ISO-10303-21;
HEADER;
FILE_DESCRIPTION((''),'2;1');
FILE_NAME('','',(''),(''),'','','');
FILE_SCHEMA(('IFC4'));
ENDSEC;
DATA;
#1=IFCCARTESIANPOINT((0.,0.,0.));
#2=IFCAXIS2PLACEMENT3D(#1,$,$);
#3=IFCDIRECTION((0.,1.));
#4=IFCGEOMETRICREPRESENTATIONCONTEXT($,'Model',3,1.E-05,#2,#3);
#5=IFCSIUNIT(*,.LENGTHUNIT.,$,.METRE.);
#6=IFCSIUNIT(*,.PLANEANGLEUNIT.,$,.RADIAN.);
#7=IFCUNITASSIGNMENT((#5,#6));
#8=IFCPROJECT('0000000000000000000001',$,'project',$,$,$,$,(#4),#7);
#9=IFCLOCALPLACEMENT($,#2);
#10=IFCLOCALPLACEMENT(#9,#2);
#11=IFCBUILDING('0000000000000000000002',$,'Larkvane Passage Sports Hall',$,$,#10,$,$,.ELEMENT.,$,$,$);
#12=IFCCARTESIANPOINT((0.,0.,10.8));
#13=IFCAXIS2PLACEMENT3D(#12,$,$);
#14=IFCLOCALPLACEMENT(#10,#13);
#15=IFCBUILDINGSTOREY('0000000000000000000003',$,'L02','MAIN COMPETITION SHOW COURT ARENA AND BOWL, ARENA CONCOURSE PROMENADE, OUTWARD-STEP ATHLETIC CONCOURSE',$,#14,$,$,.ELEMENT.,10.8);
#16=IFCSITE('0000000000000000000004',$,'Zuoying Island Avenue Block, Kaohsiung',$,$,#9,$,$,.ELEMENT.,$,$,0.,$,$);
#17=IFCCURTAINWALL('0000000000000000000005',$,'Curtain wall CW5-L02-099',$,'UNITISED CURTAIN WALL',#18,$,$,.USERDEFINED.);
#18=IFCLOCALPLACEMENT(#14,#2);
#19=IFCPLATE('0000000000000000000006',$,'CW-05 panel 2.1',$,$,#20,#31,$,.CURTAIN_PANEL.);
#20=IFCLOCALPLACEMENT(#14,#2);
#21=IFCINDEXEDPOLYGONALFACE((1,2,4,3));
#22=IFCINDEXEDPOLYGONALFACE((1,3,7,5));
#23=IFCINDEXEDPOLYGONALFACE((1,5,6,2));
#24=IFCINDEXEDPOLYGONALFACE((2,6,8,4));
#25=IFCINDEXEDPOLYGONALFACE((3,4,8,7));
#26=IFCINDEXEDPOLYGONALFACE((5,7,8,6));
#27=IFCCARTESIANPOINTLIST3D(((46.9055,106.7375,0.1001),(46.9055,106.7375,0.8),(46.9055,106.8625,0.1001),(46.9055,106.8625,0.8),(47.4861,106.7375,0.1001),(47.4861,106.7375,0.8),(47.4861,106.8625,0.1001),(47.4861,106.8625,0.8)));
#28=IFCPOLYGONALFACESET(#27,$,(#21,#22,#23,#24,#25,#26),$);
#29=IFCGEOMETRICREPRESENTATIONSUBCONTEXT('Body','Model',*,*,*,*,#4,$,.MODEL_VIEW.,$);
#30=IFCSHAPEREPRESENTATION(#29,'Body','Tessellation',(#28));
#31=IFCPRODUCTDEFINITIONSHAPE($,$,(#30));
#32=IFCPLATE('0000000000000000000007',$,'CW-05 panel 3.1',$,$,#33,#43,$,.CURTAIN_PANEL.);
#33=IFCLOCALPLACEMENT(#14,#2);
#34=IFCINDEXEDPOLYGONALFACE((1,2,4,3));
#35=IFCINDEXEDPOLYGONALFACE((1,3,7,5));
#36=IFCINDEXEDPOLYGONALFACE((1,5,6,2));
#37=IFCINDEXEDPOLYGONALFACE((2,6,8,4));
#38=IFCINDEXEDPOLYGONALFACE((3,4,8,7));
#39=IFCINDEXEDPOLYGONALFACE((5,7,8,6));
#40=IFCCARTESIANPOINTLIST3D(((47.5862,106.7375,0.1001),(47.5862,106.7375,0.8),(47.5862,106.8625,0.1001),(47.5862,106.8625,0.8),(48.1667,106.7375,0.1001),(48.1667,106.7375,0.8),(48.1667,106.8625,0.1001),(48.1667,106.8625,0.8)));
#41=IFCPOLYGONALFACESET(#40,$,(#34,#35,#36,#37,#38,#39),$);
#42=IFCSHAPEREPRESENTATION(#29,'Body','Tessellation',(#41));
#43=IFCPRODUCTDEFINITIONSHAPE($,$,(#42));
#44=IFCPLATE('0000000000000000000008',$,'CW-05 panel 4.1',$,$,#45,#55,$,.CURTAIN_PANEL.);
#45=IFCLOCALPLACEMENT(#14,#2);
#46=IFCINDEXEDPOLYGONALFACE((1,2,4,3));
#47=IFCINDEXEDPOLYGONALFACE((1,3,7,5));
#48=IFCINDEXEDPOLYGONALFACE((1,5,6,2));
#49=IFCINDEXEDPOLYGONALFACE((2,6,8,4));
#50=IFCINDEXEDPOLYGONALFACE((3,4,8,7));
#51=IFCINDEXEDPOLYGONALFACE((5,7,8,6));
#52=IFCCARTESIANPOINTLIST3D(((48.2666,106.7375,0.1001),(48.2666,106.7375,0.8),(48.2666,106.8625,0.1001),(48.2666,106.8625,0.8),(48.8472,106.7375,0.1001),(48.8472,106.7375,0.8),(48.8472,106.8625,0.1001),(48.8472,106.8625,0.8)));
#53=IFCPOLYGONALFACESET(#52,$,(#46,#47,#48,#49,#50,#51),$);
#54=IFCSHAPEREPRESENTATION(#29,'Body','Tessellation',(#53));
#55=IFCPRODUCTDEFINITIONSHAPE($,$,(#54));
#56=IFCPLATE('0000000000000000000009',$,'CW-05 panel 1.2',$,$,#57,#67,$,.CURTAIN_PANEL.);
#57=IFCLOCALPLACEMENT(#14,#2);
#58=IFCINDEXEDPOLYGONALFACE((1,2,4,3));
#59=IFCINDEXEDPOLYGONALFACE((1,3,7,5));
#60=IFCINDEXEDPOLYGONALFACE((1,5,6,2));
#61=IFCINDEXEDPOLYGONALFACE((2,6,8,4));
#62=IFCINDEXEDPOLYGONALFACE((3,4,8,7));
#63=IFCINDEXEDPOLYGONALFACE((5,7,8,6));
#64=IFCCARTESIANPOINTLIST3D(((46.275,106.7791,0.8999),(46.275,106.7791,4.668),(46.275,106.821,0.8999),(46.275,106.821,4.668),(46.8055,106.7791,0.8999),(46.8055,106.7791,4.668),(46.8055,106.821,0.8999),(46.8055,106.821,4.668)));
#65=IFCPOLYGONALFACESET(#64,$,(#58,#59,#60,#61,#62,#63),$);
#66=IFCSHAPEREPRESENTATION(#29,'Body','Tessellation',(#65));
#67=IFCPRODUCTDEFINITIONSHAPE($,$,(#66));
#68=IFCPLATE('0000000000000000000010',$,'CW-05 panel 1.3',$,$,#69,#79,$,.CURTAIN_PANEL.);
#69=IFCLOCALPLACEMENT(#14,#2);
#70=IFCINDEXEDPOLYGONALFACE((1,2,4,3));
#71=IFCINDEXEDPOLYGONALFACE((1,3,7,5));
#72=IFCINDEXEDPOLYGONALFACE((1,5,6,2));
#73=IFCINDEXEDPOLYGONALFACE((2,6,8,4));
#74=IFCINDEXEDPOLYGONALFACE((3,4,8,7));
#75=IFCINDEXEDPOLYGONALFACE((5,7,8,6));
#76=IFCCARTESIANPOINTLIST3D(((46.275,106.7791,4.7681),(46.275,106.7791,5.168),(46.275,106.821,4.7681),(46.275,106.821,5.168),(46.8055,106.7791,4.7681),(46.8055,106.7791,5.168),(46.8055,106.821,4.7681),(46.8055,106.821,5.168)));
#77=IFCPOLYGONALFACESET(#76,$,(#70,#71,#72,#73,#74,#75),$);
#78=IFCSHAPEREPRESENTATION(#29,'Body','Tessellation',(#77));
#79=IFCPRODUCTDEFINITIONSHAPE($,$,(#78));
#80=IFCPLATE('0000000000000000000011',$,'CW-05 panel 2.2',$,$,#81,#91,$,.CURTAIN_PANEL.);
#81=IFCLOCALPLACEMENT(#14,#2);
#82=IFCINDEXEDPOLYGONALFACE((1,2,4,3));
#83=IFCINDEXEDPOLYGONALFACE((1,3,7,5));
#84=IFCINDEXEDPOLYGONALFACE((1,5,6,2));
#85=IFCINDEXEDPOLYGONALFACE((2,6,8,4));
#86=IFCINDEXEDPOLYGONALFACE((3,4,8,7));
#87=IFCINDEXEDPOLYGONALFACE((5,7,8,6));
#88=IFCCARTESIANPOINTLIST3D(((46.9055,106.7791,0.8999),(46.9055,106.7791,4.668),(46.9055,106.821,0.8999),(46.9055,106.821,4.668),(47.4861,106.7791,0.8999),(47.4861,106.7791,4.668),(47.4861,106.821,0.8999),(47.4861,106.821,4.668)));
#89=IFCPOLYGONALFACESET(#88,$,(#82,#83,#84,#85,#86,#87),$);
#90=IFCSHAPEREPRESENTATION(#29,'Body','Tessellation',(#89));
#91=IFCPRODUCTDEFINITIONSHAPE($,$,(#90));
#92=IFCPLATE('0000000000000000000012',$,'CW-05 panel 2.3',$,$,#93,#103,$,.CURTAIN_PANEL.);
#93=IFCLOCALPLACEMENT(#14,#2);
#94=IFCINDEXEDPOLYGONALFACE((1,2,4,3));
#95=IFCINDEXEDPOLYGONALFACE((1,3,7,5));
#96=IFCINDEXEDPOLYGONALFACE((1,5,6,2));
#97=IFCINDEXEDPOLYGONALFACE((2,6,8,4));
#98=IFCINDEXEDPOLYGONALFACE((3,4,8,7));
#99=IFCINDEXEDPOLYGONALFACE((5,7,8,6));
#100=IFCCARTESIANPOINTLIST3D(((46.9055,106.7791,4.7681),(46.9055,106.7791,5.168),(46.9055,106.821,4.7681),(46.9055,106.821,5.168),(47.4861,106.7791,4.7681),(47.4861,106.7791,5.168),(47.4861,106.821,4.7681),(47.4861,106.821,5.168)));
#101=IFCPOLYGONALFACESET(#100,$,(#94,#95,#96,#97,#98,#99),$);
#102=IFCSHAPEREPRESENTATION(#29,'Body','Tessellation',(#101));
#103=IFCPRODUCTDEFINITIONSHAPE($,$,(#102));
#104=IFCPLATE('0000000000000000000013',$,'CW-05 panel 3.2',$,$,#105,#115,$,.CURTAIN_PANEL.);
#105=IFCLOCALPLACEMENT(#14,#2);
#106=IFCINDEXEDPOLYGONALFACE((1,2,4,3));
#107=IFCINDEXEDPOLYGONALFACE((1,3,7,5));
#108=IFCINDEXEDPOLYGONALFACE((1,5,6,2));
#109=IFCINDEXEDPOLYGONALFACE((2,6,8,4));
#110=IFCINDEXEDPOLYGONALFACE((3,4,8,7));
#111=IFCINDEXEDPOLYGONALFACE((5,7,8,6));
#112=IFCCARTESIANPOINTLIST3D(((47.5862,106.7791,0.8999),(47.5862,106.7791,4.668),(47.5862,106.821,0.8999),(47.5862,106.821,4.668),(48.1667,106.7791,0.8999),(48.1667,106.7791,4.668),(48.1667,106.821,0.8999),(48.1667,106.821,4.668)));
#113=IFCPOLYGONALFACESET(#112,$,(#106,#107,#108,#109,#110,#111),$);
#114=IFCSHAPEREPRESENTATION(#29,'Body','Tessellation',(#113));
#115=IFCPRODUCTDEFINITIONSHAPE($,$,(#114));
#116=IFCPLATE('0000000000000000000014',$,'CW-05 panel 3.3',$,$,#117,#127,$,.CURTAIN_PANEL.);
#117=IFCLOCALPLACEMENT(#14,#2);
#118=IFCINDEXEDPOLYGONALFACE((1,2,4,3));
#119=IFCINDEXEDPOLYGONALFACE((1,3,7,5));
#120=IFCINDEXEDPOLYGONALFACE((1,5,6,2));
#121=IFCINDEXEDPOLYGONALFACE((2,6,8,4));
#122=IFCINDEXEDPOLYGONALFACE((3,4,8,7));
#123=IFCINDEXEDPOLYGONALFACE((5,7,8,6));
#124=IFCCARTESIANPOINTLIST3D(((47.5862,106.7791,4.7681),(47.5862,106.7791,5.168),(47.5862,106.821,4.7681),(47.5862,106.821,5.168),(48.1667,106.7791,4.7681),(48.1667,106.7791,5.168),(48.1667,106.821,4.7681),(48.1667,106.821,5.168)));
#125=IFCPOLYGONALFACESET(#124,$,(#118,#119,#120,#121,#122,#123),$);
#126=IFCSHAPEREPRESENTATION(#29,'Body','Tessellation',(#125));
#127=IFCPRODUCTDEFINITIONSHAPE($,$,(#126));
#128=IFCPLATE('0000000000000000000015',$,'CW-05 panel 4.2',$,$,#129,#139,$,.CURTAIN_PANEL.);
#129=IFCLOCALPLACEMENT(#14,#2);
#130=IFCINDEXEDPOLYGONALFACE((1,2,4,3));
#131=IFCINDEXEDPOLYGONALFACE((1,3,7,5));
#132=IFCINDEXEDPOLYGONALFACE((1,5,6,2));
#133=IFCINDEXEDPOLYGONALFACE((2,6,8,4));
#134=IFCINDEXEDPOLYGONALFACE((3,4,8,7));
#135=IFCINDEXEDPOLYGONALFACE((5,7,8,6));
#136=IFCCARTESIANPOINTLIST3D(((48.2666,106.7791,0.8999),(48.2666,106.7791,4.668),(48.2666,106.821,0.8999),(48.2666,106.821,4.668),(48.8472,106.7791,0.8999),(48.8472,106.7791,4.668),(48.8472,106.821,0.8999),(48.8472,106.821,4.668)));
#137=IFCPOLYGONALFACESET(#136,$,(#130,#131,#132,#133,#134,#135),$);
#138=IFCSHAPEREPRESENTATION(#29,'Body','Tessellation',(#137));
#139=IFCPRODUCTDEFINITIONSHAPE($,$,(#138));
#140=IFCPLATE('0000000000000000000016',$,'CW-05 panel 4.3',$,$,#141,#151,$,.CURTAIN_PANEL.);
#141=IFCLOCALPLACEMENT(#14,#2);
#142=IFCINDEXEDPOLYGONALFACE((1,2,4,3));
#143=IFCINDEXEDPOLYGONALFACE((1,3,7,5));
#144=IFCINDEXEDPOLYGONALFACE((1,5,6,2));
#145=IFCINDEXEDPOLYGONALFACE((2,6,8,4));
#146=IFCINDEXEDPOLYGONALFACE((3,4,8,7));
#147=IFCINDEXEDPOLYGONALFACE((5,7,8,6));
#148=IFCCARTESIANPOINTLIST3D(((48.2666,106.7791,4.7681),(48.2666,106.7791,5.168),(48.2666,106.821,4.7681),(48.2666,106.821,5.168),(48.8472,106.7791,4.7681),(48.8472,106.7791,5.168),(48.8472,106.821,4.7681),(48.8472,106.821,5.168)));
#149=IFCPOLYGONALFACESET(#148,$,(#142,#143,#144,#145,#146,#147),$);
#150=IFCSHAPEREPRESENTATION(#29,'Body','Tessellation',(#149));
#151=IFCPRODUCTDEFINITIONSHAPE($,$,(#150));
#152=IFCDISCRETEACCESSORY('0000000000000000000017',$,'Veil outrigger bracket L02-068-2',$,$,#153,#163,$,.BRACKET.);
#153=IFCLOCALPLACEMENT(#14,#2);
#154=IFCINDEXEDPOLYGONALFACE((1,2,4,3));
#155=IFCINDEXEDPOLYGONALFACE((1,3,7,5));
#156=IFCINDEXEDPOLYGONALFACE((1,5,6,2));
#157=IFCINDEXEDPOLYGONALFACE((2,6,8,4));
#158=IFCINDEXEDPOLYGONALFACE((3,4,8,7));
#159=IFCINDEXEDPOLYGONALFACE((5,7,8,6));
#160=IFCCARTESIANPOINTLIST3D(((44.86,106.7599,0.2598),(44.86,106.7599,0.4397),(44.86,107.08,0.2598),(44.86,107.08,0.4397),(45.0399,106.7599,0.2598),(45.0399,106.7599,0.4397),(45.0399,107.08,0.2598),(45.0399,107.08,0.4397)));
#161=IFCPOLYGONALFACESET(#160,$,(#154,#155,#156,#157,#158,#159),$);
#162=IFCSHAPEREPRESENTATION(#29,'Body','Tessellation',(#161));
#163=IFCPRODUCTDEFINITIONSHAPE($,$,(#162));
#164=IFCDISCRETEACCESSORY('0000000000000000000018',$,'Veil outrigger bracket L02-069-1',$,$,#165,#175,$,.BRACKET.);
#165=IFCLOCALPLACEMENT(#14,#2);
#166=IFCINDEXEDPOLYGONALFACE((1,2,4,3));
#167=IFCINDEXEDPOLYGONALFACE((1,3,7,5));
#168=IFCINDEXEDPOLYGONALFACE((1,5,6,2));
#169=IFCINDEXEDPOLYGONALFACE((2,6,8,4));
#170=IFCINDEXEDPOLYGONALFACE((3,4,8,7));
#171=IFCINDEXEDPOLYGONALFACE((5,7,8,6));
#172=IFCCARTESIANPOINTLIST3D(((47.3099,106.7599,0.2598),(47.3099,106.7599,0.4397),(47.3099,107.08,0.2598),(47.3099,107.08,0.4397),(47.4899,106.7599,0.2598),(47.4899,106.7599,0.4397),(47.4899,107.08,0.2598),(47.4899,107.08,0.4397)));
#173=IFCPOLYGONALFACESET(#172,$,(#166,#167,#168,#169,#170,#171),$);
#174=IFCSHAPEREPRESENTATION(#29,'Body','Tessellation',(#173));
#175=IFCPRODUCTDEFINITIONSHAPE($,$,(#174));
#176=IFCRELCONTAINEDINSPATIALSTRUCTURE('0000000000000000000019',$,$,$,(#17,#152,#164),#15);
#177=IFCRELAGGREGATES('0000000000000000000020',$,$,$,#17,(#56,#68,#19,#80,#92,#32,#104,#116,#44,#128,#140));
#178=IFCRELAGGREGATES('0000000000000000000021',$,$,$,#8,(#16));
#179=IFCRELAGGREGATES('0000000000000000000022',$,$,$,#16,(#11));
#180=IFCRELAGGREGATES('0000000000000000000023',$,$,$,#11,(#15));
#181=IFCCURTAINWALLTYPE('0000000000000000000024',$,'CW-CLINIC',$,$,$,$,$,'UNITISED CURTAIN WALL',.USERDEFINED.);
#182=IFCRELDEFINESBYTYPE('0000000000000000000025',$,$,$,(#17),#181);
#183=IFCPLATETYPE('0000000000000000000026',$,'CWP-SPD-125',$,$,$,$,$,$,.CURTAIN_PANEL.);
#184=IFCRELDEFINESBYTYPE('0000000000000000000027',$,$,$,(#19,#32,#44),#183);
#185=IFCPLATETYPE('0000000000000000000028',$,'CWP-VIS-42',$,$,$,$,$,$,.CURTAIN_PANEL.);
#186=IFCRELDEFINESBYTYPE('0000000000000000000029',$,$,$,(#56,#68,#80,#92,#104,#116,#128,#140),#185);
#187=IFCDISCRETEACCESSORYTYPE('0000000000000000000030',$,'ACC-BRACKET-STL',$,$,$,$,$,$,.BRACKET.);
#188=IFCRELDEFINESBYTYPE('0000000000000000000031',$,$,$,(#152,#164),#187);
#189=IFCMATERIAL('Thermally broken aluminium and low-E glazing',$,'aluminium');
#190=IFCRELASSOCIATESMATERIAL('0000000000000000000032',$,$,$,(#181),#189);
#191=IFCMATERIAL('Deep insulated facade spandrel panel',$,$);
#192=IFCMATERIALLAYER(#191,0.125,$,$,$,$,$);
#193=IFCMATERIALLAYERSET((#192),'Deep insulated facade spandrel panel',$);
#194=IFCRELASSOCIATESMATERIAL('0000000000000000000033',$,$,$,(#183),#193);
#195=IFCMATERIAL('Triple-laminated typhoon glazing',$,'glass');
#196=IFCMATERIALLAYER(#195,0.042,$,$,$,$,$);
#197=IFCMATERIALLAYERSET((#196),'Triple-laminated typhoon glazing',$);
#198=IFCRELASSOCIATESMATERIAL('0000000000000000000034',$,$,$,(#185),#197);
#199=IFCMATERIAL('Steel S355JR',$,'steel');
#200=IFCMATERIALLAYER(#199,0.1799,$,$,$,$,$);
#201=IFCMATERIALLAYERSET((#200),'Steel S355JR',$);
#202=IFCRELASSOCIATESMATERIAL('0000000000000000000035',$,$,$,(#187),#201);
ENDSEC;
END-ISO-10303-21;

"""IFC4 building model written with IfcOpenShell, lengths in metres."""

from ifc_helpers import new_model, si_unit, direction, frame, origin, origin_2d, place, context, subcontext, project, spatial, rectangle, extrude, material, layer, layer_set, type_object, element, aggregate, save


model = new_model("IFC4")

# Units and contexts
model_context = context("Model", 3, precision=1e-05, world=origin(), true_north=direction((0.0, 1.0)))
body_context = subcontext(model_context, "Body", "Model", "MODEL_VIEW")
ifc_project = project(units=[si_unit("LENGTHUNIT", "METRE"), si_unit("PLANEANGLEUNIT", "RADIAN")], contexts=[model_context])

# Site, building, storey
site_placement = place(None, origin())
site = spatial("IfcSite", under=ifc_project, at=site_placement, Name="Zuoying Island Avenue Block, Kaohsiung", CompositionType="ELEMENT", RefElevation=0.0)
building_placement = place(site_placement, origin())
building = spatial("IfcBuilding", under=site, at=building_placement, Name="Larkvane Passage Sports Hall", CompositionType="ELEMENT")
storey_placement = place(building_placement, frame((0.0, 0.0, 10.8)))
storey = spatial("IfcBuildingStorey", under=building, at=storey_placement, Name="L02", Description="MAIN COMPETITION SHOW COURT ARENA AND BOWL, ARENA CONCOURSE PROMENADE, OUTWARD-STEP ATHLETIC CONCOURSE", CompositionType="ELEMENT", Elevation=10.8)

# Curtain wall, plates
ifc_material_1 = material(Name="Thermally broken aluminium and low-E glazing", Category="aluminium")
curtain_wall_type = type_object("IfcCurtainWallType", Name="CW-CLINIC", ElementType="UNITISED CURTAIN WALL", PredefinedType="USERDEFINED", material=ifc_material_1)
curtain_wall_placement = place(storey_placement, origin())
curtain_wall = element("IfcCurtainWall", 1, at=curtain_wall_placement, inside=storey, type_object=curtain_wall_type, Name="Curtain wall CW5-L02-099", ObjectType="UNITISED CURTAIN WALL", PredefinedType="USERDEFINED")
ifc_material_2 = material(Name="Deep insulated facade spandrel panel")
ifc_layer_1 = layer(ifc_material_2, 0.125)
ifc_layer_set_1 = layer_set([ifc_layer_1], Name="Deep insulated facade spandrel panel")
plate_type_1 = type_object("IfcPlateType", Name="CWP-SPD-125", PredefinedType="CURTAIN_PANEL", material=ifc_layer_set_1)
plate_1_placement = place(storey_placement, frame((47.1958, 106.8, 0.1001), z_axis=(0.0, 0.0, 1.0), x_axis=(1.0, 0.0, 0.0)))
plate_1 = element("IfcPlate", 2, at=plate_1_placement, type_object=plate_type_1, Name="CW-05 panel 2.1", PredefinedType="CURTAIN_PANEL", context=body_context, shape_type="SweptSolid", body=[
    extrude(rectangle(XDim=0.5806, YDim=0.125, at=origin_2d()), origin(), (0.0, 0.0, 1.0), 0.7),
])
plate_2_placement = place(storey_placement, frame((47.8765, 106.8, 0.1001), z_axis=(0.0, 0.0, 1.0), x_axis=(1.0, 0.0, 0.0)))
plate_2 = element("IfcPlate", 3, at=plate_2_placement, type_object=plate_type_1, Name="CW-05 panel 3.1", PredefinedType="CURTAIN_PANEL", context=body_context, shape_type="SweptSolid", body=[
    extrude(rectangle(XDim=0.5806, YDim=0.125, at=origin_2d()), origin(), (0.0, 0.0, 1.0), 0.7),
])
plate_3_placement = place(storey_placement, frame((48.5569, 106.8, 0.1001), z_axis=(0.0, 0.0, 1.0), x_axis=(1.0, 0.0, 0.0)))
plate_3 = element("IfcPlate", 4, at=plate_3_placement, type_object=plate_type_1, Name="CW-05 panel 4.1", PredefinedType="CURTAIN_PANEL", context=body_context, shape_type="SweptSolid", body=[
    extrude(rectangle(XDim=0.5806, YDim=0.125, at=origin_2d()), origin(), (0.0, 0.0, 1.0), 0.7),
])
ifc_material_3 = material(Name="Triple-laminated typhoon glazing", Category="glass")
ifc_layer_2 = layer(ifc_material_3, 0.042)
ifc_layer_set_2 = layer_set([ifc_layer_2], Name="Triple-laminated typhoon glazing")
plate_type_2 = type_object("IfcPlateType", Name="CWP-VIS-42", PredefinedType="CURTAIN_PANEL", material=ifc_layer_set_2)
plate_4_placement = place(storey_placement, frame((46.5403, 106.8, 0.8999), z_axis=(0.0, 0.0, 1.0), x_axis=(1.0, 0.0, 0.0)))
plate_4 = element("IfcPlate", 5, at=plate_4_placement, type_object=plate_type_2, Name="CW-05 panel 1.2", PredefinedType="CURTAIN_PANEL", context=body_context, shape_type="SweptSolid", body=[
    extrude(rectangle(XDim=0.5305, YDim=0.042, at=origin_2d()), origin(), (0.0, 0.0, 1.0), 3.7681),
])
plate_5_placement = place(storey_placement, frame((46.5403, 106.8, 4.7681), z_axis=(0.0, 0.0, 1.0), x_axis=(1.0, 0.0, 0.0)))
plate_5 = element("IfcPlate", 6, at=plate_5_placement, type_object=plate_type_2, Name="CW-05 panel 1.3", PredefinedType="CURTAIN_PANEL", context=body_context, shape_type="SweptSolid", body=[
    extrude(rectangle(XDim=0.5305, YDim=0.042, at=origin_2d()), origin(), (0.0, 0.0, 1.0), 0.3999),
])
plate_6_placement = place(storey_placement, frame((47.1958, 106.8, 0.8999), z_axis=(0.0, 0.0, 1.0), x_axis=(1.0, 0.0, 0.0)))
plate_6 = element("IfcPlate", 7, at=plate_6_placement, type_object=plate_type_2, Name="CW-05 panel 2.2", PredefinedType="CURTAIN_PANEL", context=body_context, shape_type="SweptSolid", body=[
    extrude(rectangle(XDim=0.5806, YDim=0.042, at=origin_2d()), origin(), (0.0, 0.0, 1.0), 3.7681),
])
plate_7_placement = place(storey_placement, frame((47.1958, 106.8, 4.7681), z_axis=(0.0, 0.0, 1.0), x_axis=(1.0, 0.0, 0.0)))
plate_7 = element("IfcPlate", 8, at=plate_7_placement, type_object=plate_type_2, Name="CW-05 panel 2.3", PredefinedType="CURTAIN_PANEL", context=body_context, shape_type="SweptSolid", body=[
    extrude(rectangle(XDim=0.5806, YDim=0.042, at=origin_2d()), origin(), (0.0, 0.0, 1.0), 0.3999),
])
plate_8_placement = place(storey_placement, frame((47.8765, 106.8, 0.8999), z_axis=(0.0, 0.0, 1.0), x_axis=(1.0, 0.0, 0.0)))
plate_8 = element("IfcPlate", 9, at=plate_8_placement, type_object=plate_type_2, Name="CW-05 panel 3.2", PredefinedType="CURTAIN_PANEL", context=body_context, shape_type="SweptSolid", body=[
    extrude(rectangle(XDim=0.5806, YDim=0.042, at=origin_2d()), origin(), (0.0, 0.0, 1.0), 3.7681),
])
plate_9_placement = place(storey_placement, frame((47.8765, 106.8, 4.7681), z_axis=(0.0, 0.0, 1.0), x_axis=(1.0, 0.0, 0.0)))
plate_9 = element("IfcPlate", 10, at=plate_9_placement, type_object=plate_type_2, Name="CW-05 panel 3.3", PredefinedType="CURTAIN_PANEL", context=body_context, shape_type="SweptSolid", body=[
    extrude(rectangle(XDim=0.5806, YDim=0.042, at=origin_2d()), origin(), (0.0, 0.0, 1.0), 0.3999),
])
plate_10_placement = place(storey_placement, frame((48.5569, 106.8, 0.8999), z_axis=(0.0, 0.0, 1.0), x_axis=(1.0, 0.0, 0.0)))
plate_10 = element("IfcPlate", 11, at=plate_10_placement, type_object=plate_type_2, Name="CW-05 panel 4.2", PredefinedType="CURTAIN_PANEL", context=body_context, shape_type="SweptSolid", body=[
    extrude(rectangle(XDim=0.5806, YDim=0.042, at=origin_2d()), origin(), (0.0, 0.0, 1.0), 3.7681),
])
plate_11_placement = place(storey_placement, frame((48.5569, 106.8, 4.7681), z_axis=(0.0, 0.0, 1.0), x_axis=(1.0, 0.0, 0.0)))
plate_11 = element("IfcPlate", 12, at=plate_11_placement, type_object=plate_type_2, Name="CW-05 panel 4.3", PredefinedType="CURTAIN_PANEL", context=body_context, shape_type="SweptSolid", body=[
    extrude(rectangle(XDim=0.5806, YDim=0.042, at=origin_2d()), origin(), (0.0, 0.0, 1.0), 0.3999),
])
aggregate(curtain_wall, [plate_4, plate_5, plate_1, plate_6, plate_7, plate_2, plate_8, plate_9, plate_3, plate_10, plate_11])

# Discrete accessories
ifc_material_4 = material(Name="Steel S355JR", Category="steel")
ifc_layer_3 = layer(ifc_material_4, 0.1799)
ifc_layer_set_3 = layer_set([ifc_layer_3], Name="Steel S355JR")
discrete_accessory_type = type_object("IfcDiscreteAccessoryType", Name="ACC-BRACKET-STL", PredefinedType="BRACKET", material=ifc_layer_set_3)
for number, where, z_axis, x_axis, name in (
    (13, (44.95, 106.9199, 0.2598), (0.0, 0.0, 1.0), (1.0, 0.0, 0.0), "Veil outrigger bracket L02-068-2"),
    (14, (47.3999, 106.9199, 0.2598), (0.0, 0.0, 1.0), (1.0, 0.0, 0.0), "Veil outrigger bracket L02-069-1"),
):
    element("IfcDiscreteAccessory", number, at=place(storey_placement, frame(where, z_axis=z_axis, x_axis=x_axis)), inside=storey, type_object=discrete_accessory_type, Name=name, PredefinedType="BRACKET", context=body_context, shape_type="SweptSolid", body=[
        extrude(rectangle(XDim=0.1799, YDim=0.3201, at=origin_2d()), origin(), (0.0, 0.0, 1.0), 0.1799),
    ])

save(model, "model.ifc")
